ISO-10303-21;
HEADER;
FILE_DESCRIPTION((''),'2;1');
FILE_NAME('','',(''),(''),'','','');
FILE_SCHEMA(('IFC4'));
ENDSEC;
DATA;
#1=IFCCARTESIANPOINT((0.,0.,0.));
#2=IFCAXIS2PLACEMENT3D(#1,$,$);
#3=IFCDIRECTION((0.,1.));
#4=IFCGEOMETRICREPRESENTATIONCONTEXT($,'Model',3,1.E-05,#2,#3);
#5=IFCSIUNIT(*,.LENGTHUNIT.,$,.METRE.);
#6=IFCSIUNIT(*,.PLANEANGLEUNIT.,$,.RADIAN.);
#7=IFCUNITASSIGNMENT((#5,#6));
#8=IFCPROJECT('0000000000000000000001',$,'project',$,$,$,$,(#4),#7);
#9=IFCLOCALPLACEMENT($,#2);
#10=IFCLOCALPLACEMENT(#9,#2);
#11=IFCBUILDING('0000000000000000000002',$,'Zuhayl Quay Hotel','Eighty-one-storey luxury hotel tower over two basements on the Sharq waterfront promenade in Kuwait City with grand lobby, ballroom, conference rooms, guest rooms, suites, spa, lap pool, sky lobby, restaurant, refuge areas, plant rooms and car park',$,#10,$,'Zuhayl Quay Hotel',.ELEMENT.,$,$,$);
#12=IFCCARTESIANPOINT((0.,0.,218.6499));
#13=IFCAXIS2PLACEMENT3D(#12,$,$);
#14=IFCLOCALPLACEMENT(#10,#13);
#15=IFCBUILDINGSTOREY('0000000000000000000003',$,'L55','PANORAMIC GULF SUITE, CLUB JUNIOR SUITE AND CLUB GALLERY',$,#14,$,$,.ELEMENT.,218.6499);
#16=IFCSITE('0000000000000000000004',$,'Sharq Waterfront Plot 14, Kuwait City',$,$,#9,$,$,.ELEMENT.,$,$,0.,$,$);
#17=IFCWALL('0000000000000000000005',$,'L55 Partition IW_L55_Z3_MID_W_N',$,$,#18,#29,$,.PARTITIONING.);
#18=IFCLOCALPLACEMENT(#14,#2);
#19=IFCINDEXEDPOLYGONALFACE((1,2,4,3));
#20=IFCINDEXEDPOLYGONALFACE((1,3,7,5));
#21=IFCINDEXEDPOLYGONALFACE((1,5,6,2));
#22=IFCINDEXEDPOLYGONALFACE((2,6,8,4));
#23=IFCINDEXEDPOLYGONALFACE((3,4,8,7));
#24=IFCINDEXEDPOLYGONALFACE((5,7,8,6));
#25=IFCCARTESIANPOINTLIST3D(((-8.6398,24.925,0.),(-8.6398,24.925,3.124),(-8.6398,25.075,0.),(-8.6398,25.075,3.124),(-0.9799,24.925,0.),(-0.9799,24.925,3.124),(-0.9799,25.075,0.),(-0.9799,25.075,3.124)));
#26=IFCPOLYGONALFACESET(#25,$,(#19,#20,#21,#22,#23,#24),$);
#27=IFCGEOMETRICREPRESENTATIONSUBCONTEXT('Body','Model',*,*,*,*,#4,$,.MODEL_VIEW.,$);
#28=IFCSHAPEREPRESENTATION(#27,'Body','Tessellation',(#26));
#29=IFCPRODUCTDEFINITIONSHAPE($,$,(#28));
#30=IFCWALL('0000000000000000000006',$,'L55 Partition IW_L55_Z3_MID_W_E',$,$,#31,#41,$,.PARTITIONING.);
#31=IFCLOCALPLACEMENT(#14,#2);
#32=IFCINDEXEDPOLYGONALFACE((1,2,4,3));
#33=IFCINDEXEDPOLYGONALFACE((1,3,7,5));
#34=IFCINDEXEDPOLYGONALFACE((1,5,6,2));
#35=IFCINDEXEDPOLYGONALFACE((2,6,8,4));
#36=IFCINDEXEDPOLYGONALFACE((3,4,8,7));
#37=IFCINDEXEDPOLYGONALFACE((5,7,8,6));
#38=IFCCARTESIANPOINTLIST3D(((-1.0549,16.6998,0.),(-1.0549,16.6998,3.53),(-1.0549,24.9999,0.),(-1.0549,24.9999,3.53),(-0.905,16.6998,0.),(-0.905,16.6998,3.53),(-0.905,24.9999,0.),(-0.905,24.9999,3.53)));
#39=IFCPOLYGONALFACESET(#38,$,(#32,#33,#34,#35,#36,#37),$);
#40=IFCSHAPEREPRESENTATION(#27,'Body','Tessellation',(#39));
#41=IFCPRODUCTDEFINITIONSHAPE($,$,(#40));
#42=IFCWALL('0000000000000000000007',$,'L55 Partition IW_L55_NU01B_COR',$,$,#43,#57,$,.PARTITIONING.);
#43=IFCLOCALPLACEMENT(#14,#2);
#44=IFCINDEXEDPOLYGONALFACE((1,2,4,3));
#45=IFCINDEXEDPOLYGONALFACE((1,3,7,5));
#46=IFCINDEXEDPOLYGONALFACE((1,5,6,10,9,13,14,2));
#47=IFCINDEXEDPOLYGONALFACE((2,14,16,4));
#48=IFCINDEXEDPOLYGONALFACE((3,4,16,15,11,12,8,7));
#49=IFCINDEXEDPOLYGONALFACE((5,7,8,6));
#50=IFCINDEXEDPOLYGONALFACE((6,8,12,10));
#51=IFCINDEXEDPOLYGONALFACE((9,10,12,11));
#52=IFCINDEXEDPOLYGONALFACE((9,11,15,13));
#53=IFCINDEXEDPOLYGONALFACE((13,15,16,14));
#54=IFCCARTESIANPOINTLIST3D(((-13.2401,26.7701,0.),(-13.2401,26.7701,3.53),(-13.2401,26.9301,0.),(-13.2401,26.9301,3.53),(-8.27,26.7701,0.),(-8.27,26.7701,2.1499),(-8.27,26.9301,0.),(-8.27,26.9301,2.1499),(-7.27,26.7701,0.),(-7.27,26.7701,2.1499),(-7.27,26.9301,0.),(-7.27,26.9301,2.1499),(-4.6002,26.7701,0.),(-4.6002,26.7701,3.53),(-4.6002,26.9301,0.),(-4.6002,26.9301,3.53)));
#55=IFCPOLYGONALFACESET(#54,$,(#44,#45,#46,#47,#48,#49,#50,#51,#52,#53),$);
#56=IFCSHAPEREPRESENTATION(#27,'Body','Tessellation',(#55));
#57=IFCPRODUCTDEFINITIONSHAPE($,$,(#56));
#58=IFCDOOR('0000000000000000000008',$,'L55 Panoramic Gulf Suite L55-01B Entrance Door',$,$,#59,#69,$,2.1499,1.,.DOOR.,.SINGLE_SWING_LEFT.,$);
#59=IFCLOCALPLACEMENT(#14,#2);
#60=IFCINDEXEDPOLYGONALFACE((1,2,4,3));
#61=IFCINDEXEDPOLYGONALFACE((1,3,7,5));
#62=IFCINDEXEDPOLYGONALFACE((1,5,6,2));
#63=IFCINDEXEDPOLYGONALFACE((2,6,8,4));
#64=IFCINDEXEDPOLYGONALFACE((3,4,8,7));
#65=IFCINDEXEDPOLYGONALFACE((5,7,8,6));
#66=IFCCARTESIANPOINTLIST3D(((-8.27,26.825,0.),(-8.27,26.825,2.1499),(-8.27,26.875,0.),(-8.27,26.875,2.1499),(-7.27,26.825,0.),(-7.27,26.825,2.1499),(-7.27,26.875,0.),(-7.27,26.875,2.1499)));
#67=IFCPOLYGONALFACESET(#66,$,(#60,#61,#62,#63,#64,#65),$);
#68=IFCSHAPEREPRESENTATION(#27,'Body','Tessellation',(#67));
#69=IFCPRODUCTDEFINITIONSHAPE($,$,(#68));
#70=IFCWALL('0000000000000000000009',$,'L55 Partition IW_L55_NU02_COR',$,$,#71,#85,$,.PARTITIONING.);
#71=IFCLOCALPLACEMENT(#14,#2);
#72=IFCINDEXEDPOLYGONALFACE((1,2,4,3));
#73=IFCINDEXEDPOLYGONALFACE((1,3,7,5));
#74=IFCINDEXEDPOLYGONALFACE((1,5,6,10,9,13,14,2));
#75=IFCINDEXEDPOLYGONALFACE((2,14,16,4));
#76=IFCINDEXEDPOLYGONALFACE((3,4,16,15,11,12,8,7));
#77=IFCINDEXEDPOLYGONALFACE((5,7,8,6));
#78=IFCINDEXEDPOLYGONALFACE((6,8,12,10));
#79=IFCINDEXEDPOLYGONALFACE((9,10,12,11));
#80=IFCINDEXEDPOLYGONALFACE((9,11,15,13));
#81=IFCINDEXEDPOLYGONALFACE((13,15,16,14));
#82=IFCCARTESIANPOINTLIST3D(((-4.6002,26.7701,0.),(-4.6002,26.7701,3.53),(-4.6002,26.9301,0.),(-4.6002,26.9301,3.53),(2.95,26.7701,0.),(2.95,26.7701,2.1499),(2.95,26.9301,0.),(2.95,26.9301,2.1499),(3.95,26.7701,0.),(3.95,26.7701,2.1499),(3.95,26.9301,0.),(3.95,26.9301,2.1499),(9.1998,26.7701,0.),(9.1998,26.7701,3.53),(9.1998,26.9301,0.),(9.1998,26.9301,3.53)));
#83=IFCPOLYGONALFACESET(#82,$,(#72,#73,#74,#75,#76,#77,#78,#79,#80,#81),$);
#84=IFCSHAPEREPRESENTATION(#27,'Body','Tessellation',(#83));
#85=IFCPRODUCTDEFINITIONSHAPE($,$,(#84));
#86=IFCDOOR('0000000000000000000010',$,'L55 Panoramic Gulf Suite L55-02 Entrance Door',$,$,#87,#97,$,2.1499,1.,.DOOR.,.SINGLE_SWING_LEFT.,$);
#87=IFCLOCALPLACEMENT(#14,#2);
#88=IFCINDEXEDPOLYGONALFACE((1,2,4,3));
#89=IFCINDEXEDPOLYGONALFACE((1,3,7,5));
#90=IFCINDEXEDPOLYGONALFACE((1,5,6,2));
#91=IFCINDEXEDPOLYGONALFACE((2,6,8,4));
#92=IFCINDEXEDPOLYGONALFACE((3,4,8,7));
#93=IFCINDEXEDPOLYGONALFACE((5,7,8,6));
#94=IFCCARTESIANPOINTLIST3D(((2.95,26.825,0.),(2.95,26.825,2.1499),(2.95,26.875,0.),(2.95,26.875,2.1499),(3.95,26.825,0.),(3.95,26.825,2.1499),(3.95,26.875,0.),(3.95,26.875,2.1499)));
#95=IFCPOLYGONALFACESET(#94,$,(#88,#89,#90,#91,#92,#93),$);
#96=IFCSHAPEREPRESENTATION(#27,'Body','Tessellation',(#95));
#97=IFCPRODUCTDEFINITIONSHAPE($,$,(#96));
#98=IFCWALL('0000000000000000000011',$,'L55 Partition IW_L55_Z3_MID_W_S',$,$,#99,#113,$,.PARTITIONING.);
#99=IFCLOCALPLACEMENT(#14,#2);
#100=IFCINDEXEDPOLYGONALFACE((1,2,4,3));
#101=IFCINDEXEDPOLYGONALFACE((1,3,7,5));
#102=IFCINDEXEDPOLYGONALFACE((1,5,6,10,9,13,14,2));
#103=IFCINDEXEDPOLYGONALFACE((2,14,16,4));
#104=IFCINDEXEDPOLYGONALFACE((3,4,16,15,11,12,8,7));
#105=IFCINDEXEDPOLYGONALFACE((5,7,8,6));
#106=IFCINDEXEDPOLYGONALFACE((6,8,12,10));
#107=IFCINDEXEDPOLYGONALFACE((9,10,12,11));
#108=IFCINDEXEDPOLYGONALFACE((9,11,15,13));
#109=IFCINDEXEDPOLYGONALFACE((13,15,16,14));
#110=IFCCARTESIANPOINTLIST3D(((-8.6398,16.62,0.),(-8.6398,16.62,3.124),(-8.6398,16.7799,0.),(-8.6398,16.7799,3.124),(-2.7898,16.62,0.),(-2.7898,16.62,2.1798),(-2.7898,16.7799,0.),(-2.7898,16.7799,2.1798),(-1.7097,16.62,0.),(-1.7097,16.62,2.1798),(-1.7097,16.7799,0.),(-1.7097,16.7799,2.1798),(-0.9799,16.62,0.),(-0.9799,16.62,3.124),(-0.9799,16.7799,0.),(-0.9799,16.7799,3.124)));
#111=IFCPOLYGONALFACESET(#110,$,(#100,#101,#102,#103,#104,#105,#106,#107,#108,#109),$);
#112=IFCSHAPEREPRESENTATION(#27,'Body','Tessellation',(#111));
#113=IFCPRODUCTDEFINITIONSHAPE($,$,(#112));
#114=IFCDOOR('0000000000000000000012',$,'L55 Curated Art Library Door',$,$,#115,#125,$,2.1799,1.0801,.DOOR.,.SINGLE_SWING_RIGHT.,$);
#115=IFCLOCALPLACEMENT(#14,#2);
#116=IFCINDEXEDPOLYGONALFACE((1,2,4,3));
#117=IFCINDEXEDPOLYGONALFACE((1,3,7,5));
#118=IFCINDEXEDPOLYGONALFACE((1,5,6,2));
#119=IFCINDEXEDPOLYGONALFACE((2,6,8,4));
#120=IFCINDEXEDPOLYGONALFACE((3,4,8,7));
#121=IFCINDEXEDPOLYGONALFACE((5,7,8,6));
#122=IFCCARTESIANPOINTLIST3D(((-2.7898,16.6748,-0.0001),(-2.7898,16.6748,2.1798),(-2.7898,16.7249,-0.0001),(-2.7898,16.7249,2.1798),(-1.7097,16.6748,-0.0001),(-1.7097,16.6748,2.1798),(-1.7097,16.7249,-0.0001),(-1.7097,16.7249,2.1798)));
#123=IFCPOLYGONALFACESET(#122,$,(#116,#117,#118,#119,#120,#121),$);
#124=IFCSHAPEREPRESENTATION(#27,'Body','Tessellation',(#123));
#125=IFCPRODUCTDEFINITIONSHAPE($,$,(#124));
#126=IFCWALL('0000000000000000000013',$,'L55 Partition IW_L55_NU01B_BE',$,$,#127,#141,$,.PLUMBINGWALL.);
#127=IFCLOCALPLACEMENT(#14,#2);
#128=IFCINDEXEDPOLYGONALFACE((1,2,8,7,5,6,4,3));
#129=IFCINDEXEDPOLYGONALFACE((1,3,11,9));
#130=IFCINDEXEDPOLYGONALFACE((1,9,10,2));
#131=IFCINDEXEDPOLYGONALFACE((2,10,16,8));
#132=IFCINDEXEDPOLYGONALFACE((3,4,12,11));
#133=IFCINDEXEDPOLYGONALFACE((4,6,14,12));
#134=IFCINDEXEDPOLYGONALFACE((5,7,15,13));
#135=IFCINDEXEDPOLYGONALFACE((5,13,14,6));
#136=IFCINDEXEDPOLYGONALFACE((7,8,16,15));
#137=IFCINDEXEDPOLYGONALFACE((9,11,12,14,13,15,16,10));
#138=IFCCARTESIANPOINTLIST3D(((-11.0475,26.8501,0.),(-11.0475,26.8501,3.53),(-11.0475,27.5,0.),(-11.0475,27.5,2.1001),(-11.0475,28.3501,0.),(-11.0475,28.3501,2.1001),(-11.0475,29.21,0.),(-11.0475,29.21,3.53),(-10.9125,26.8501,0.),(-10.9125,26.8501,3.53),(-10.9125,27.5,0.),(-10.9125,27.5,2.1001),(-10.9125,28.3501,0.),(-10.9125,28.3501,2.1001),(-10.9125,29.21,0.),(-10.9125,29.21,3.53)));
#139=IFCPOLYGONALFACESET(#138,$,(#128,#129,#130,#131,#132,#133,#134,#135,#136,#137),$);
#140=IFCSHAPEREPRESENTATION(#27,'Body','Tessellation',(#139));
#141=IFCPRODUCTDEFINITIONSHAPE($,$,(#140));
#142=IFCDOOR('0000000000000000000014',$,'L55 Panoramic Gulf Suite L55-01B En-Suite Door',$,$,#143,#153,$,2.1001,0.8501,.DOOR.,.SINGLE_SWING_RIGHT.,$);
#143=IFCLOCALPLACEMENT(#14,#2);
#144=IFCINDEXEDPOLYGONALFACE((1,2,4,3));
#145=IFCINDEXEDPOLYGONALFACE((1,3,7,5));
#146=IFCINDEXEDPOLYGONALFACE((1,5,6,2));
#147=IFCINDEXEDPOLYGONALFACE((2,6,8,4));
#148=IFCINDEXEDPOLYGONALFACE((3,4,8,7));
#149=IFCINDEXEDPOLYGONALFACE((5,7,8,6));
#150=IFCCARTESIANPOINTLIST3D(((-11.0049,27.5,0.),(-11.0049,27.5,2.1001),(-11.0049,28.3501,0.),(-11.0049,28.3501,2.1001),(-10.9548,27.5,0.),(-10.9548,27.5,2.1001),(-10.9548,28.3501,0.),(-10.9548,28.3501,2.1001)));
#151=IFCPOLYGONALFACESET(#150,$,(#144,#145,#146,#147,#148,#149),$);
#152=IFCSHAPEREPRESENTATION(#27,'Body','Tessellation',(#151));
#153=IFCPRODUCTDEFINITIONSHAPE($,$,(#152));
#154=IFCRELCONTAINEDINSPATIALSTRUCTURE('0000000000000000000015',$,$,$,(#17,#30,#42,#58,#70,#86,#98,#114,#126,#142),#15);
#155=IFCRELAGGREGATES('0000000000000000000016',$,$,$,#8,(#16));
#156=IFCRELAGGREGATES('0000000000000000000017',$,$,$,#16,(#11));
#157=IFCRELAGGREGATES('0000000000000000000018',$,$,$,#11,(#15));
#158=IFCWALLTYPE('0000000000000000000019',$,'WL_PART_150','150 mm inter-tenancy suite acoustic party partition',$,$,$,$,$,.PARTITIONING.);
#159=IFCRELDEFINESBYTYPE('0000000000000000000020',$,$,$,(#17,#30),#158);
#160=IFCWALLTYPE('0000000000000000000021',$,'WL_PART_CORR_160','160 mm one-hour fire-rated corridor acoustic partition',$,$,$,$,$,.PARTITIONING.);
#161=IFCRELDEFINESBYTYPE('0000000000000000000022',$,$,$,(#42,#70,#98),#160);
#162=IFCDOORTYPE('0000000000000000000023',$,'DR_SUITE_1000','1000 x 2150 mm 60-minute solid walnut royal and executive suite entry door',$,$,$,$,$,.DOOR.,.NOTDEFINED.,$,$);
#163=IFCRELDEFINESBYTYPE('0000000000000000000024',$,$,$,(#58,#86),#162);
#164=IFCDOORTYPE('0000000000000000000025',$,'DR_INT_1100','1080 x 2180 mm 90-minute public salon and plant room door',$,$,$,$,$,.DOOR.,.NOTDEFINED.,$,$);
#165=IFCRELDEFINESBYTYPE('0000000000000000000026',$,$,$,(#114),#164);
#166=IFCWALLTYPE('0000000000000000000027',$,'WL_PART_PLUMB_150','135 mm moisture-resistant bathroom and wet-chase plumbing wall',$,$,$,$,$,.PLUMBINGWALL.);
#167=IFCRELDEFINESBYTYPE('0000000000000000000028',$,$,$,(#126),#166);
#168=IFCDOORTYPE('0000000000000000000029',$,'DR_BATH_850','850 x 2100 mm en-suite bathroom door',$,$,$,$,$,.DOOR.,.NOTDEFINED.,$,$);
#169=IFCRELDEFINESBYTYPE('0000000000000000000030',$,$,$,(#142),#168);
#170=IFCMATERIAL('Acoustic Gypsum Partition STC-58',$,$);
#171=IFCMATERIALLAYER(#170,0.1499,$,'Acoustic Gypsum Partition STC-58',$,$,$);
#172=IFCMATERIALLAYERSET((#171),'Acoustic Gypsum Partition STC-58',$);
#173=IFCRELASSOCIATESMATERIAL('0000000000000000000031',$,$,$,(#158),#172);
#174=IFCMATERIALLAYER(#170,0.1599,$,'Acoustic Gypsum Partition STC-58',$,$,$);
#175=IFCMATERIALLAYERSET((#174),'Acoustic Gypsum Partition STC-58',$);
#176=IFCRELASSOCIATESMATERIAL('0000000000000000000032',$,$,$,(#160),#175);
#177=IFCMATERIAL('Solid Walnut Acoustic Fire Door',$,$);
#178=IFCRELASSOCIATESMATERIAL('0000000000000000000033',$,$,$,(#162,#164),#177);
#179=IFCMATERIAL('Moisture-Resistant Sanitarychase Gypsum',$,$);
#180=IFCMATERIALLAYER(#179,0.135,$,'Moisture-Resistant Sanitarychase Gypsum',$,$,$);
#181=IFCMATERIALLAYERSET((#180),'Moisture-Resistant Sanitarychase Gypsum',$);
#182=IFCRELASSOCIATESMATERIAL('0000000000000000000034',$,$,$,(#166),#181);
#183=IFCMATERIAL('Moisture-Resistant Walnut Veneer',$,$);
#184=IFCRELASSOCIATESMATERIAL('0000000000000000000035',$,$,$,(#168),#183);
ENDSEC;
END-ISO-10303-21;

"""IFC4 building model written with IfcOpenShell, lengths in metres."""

from ifc_helpers import new_model, si_unit, direction, frame, frame_2d, origin, place, context, subcontext, project, spatial, rectangle, extrude, material, layer, layer_set, type_object, element, fill, save


model = new_model("IFC4")

# Units and contexts
model_context = context("Model", 3, precision=1e-05, world=origin(), true_north=direction((0.0, 1.0)))
body_context = subcontext(model_context, "Body", "Model", "MODEL_VIEW")
ifc_project = project(units=[si_unit("LENGTHUNIT", "METRE"), si_unit("PLANEANGLEUNIT", "RADIAN")], contexts=[model_context])

# Site, building, storey
site_placement = place(None, origin())
site = spatial("IfcSite", under=ifc_project, at=site_placement, Name="Sharq Waterfront Plot 14, Kuwait City", CompositionType="ELEMENT", RefElevation=0.0)
building_placement = place(site_placement, origin())
building = spatial("IfcBuilding", under=site, at=building_placement, Name="Zuhayl Quay Hotel", Description="Eighty-one-storey luxury hotel tower over two basements on the Sharq waterfront promenade in Kuwait City with grand lobby, ballroom, conference rooms, guest rooms, suites, spa, lap pool, sky lobby, restaurant, refuge areas, plant rooms and car park", LongName="Zuhayl Quay Hotel", CompositionType="ELEMENT")
storey_placement = place(building_placement, frame((0.0, 0.0, 218.6499)))
storey = spatial("IfcBuildingStorey", under=building, at=storey_placement, Name="L55", Description="PANORAMIC GULF SUITE, CLUB JUNIOR SUITE AND CLUB GALLERY", CompositionType="ELEMENT", Elevation=218.6499)

# Walls
ifc_material_1 = material(Name="Acoustic Gypsum Partition STC-58")
ifc_layer_1 = layer(ifc_material_1, 0.1499, Name="Acoustic Gypsum Partition STC-58")
ifc_layer_set_1 = layer_set([ifc_layer_1], Name="Acoustic Gypsum Partition STC-58")
wall_type_1 = type_object("IfcWallType", Name="WL_PART_150", Description="150 mm inter-tenancy suite acoustic party partition", PredefinedType="PARTITIONING", material=ifc_layer_set_1)
wall_1_placement = place(storey_placement, frame((-8.6399, 25.0, 0.0), z_axis=(0.0, 0.0, 1.0), x_axis=(1.0, 0.0, 0.0)))
element("IfcWall", 1, at=wall_1_placement, inside=storey, type_object=wall_type_1, Name="L55 Partition IW_L55_Z3_MID_W_N", PredefinedType="PARTITIONING", context=body_context, shape_type="SweptSolid", body=[
    extrude(rectangle(XDim=7.6599, YDim=0.1499, at=frame_2d((3.8301, 0.0))), origin(), (0.0, 0.0, 1.0), 3.124),
])
wall_2_placement = place(storey_placement, frame((-0.98, 16.7, 0.0), z_axis=(0.0, 0.0, 1.0), x_axis=(0.0, 1.0, 0.0)))
element("IfcWall", 2, at=wall_2_placement, inside=storey, type_object=wall_type_1, Name="L55 Partition IW_L55_Z3_MID_W_E", PredefinedType="PARTITIONING", context=body_context, shape_type="SweptSolid", body=[
    extrude(rectangle(XDim=8.3, YDim=0.1499, at=frame_2d((4.1499, 0.0))), origin(), (0.0, 0.0, 1.0), 3.53),
])

# Walls, openings, doors
ifc_layer_2 = layer(ifc_material_1, 0.1599, Name="Acoustic Gypsum Partition STC-58")
ifc_layer_set_2 = layer_set([ifc_layer_2], Name="Acoustic Gypsum Partition STC-58")
wall_type_2 = type_object("IfcWallType", Name="WL_PART_CORR_160", Description="160 mm one-hour fire-rated corridor acoustic partition", PredefinedType="PARTITIONING", material=ifc_layer_set_2)
wall_3_placement = place(storey_placement, frame((-13.24, 26.8501, 0.0), z_axis=(0.0, 0.0, 1.0), x_axis=(1.0, 0.0, 0.0)))
wall_3 = element("IfcWall", 3, at=wall_3_placement, inside=storey, type_object=wall_type_2, Name="L55 Partition IW_L55_NU01B_COR", PredefinedType="PARTITIONING", context=body_context, shape_type="SweptSolid", body=[
    extrude(rectangle(XDim=8.6399, YDim=0.1599, at=frame_2d((4.3198, 0.0))), origin(), (0.0, 0.0, 1.0), 3.53),
])
opening_1_placement = place(wall_3_placement, frame((4.97, 0.0, 0.0)))
opening_1 = element("IfcOpeningElement", 4, at=opening_1_placement, cuts=wall_3, PredefinedType="OPENING", context=body_context, shape_type="SweptSolid", body=[
    extrude(rectangle(XDim=1.0, YDim=2.1499, at=frame_2d((0.5, 1.075))), frame((0.0, 0.0898, 0.0), z_axis=(0.0, -1.0, 0.0), x_axis=(1.0, 0.0, 0.0)), (0.0, 0.0, 1.0), 0.1799),
])
ifc_material_2 = material(Name="Solid Walnut Acoustic Fire Door")
door_type_1 = type_object("IfcDoorType", Name="DR_SUITE_1000", Description="1000 x 2150 mm 60-minute solid walnut royal and executive suite entry door", OperationType="NOTDEFINED", PredefinedType="DOOR", material=ifc_material_2)
door_1_placement = place(opening_1_placement, origin())
door_1 = element("IfcDoor", 5, at=door_1_placement, inside=storey, type_object=door_type_1, Name="L55 Panoramic Gulf Suite L55-01B Entrance Door", OperationType="SINGLE_SWING_LEFT", OverallHeight=2.1499, OverallWidth=1.0, PredefinedType="DOOR", context=body_context, shape_type="SweptSolid", body=[
    extrude(rectangle(XDim=1.0, YDim=2.1499, at=frame_2d((0.5, 1.075))), frame((0.0, 0.0249, 0.0), z_axis=(0.0, -1.0, 0.0), x_axis=(1.0, 0.0, 0.0)), (0.0, 0.0, 1.0), 0.05),
])
fill(opening_1, door_1)
wall_4_placement = place(storey_placement, frame((-4.6001, 26.8501, 0.0), z_axis=(0.0, 0.0, 1.0), x_axis=(1.0, 0.0, 0.0)))
wall_4 = element("IfcWall", 6, at=wall_4_placement, inside=storey, type_object=wall_type_2, Name="L55 Partition IW_L55_NU02_COR", PredefinedType="PARTITIONING", context=body_context, shape_type="SweptSolid", body=[
    extrude(rectangle(XDim=13.8, YDim=0.1599, at=frame_2d((6.8999, 0.0))), origin(), (0.0, 0.0, 1.0), 3.53),
])
opening_2_placement = place(wall_4_placement, frame((7.55, 0.0, 0.0)))
opening_2 = element("IfcOpeningElement", 7, at=opening_2_placement, cuts=wall_4, PredefinedType="OPENING", context=body_context, shape_type="SweptSolid", body=[
    extrude(rectangle(XDim=1.0, YDim=2.1499, at=frame_2d((0.5, 1.075))), frame((0.0, 0.0898, 0.0), z_axis=(0.0, -1.0, 0.0), x_axis=(1.0, 0.0, 0.0)), (0.0, 0.0, 1.0), 0.1799),
])
door_2_placement = place(opening_2_placement, origin())
door_2 = element("IfcDoor", 8, at=door_2_placement, inside=storey, type_object=door_type_1, Name="L55 Panoramic Gulf Suite L55-02 Entrance Door", OperationType="SINGLE_SWING_LEFT", OverallHeight=2.1499, OverallWidth=1.0, PredefinedType="DOOR", context=body_context, shape_type="SweptSolid", body=[
    extrude(rectangle(XDim=1.0, YDim=2.1499, at=frame_2d((0.5, 1.075))), frame((0.0, 0.0249, 0.0), z_axis=(0.0, -1.0, 0.0), x_axis=(1.0, 0.0, 0.0)), (0.0, 0.0, 1.0), 0.05),
])
fill(opening_2, door_2)
wall_5_placement = place(storey_placement, frame((-8.6399, 16.7, 0.0), z_axis=(0.0, 0.0, 1.0), x_axis=(1.0, 0.0, 0.0)))
wall_5 = element("IfcWall", 9, at=wall_5_placement, inside=storey, type_object=wall_type_2, Name="L55 Partition IW_L55_Z3_MID_W_S", PredefinedType="PARTITIONING", context=body_context, shape_type="SweptSolid", body=[
    extrude(rectangle(XDim=7.6599, YDim=0.1599, at=frame_2d((3.8301, 0.0))), origin(), (0.0, 0.0, 1.0), 3.124),
])
opening_3_placement = place(wall_5_placement, frame((5.8501, 0.0, 0.0)))
opening_3 = element("IfcOpeningElement", 10, at=opening_3_placement, cuts=wall_5, PredefinedType="OPENING", context=body_context, shape_type="SweptSolid", body=[
    extrude(rectangle(XDim=1.0801, YDim=2.1799, at=frame_2d((0.54, 1.0898))), frame((0.0, 0.0898, 0.0), z_axis=(0.0, -1.0, 0.0), x_axis=(1.0, 0.0, 0.0)), (0.0, 0.0, 1.0), 0.1799),
])
door_type_2 = type_object("IfcDoorType", Name="DR_INT_1100", Description="1080 x 2180 mm 90-minute public salon and plant room door", OperationType="NOTDEFINED", PredefinedType="DOOR", material=ifc_material_2)
door_3_placement = place(opening_3_placement, origin())
door_3 = element("IfcDoor", 11, at=door_3_placement, inside=storey, type_object=door_type_2, Name="L55 Curated Art Library Door", OperationType="SINGLE_SWING_RIGHT", OverallHeight=2.1799, OverallWidth=1.0801, PredefinedType="DOOR", context=body_context, shape_type="SweptSolid", body=[
    extrude(rectangle(XDim=1.0801, YDim=2.1799, at=frame_2d((0.54, 1.0898))), frame((0.0, 0.0249, 0.0), z_axis=(0.0, -1.0, 0.0), x_axis=(1.0, 0.0, 0.0)), (0.0, 0.0, 1.0), 0.05),
])
fill(opening_3, door_3)
ifc_material_3 = material(Name="Moisture-Resistant Sanitarychase Gypsum")
ifc_layer_3 = layer(ifc_material_3, 0.135, Name="Moisture-Resistant Sanitarychase Gypsum")
ifc_layer_set_3 = layer_set([ifc_layer_3], Name="Moisture-Resistant Sanitarychase Gypsum")
wall_type_3 = type_object("IfcWallType", Name="WL_PART_PLUMB_150", Description="135 mm moisture-resistant bathroom and wet-chase plumbing wall", PredefinedType="PLUMBINGWALL", material=ifc_layer_set_3)
wall_6_placement = place(storey_placement, frame((-10.98, 26.8501, 0.0), z_axis=(0.0, 0.0, 1.0), x_axis=(0.0, 1.0, 0.0)))
wall_6 = element("IfcWall", 12, at=wall_6_placement, inside=storey, type_object=wall_type_3, Name="L55 Partition IW_L55_NU01B_BE", PredefinedType="PLUMBINGWALL", context=body_context, shape_type="SweptSolid", body=[
    extrude(rectangle(XDim=2.3599, YDim=0.135, at=frame_2d((1.1799, 0.0))), origin(), (0.0, 0.0, 1.0), 3.53),
])
opening_4_placement = place(wall_6_placement, frame((0.6499, 0.0, 0.0)))
opening_4 = element("IfcOpeningElement", 13, at=opening_4_placement, cuts=wall_6, PredefinedType="OPENING", context=body_context, shape_type="SweptSolid", body=[
    extrude(rectangle(XDim=0.8501, YDim=2.1001, at=frame_2d((0.425, 1.05))), frame((0.0, 0.0774, 0.0), z_axis=(0.0, -1.0, 0.0), x_axis=(1.0, 0.0, 0.0)), (0.0, 0.0, 1.0), 0.155),
])
ifc_material_4 = material(Name="Moisture-Resistant Walnut Veneer")
door_type_3 = type_object("IfcDoorType", Name="DR_BATH_850", Description="850 x 2100 mm en-suite bathroom door", OperationType="NOTDEFINED", PredefinedType="DOOR", material=ifc_material_4)
door_4_placement = place(opening_4_placement, origin())
door_4 = element("IfcDoor", 14, at=door_4_placement, inside=storey, type_object=door_type_3, Name="L55 Panoramic Gulf Suite L55-01B En-Suite Door", OperationType="SINGLE_SWING_RIGHT", OverallHeight=2.1001, OverallWidth=0.8501, PredefinedType="DOOR", context=body_context, shape_type="SweptSolid", body=[
    extrude(rectangle(XDim=0.8501, YDim=2.1001, at=frame_2d((0.425, 1.05))), frame((0.0, 0.0249, 0.0), z_axis=(0.0, -1.0, 0.0), x_axis=(1.0, 0.0, 0.0)), (0.0, 0.0, 1.0), 0.05),
])
fill(opening_4, door_4)

save(model, "model.ifc")
